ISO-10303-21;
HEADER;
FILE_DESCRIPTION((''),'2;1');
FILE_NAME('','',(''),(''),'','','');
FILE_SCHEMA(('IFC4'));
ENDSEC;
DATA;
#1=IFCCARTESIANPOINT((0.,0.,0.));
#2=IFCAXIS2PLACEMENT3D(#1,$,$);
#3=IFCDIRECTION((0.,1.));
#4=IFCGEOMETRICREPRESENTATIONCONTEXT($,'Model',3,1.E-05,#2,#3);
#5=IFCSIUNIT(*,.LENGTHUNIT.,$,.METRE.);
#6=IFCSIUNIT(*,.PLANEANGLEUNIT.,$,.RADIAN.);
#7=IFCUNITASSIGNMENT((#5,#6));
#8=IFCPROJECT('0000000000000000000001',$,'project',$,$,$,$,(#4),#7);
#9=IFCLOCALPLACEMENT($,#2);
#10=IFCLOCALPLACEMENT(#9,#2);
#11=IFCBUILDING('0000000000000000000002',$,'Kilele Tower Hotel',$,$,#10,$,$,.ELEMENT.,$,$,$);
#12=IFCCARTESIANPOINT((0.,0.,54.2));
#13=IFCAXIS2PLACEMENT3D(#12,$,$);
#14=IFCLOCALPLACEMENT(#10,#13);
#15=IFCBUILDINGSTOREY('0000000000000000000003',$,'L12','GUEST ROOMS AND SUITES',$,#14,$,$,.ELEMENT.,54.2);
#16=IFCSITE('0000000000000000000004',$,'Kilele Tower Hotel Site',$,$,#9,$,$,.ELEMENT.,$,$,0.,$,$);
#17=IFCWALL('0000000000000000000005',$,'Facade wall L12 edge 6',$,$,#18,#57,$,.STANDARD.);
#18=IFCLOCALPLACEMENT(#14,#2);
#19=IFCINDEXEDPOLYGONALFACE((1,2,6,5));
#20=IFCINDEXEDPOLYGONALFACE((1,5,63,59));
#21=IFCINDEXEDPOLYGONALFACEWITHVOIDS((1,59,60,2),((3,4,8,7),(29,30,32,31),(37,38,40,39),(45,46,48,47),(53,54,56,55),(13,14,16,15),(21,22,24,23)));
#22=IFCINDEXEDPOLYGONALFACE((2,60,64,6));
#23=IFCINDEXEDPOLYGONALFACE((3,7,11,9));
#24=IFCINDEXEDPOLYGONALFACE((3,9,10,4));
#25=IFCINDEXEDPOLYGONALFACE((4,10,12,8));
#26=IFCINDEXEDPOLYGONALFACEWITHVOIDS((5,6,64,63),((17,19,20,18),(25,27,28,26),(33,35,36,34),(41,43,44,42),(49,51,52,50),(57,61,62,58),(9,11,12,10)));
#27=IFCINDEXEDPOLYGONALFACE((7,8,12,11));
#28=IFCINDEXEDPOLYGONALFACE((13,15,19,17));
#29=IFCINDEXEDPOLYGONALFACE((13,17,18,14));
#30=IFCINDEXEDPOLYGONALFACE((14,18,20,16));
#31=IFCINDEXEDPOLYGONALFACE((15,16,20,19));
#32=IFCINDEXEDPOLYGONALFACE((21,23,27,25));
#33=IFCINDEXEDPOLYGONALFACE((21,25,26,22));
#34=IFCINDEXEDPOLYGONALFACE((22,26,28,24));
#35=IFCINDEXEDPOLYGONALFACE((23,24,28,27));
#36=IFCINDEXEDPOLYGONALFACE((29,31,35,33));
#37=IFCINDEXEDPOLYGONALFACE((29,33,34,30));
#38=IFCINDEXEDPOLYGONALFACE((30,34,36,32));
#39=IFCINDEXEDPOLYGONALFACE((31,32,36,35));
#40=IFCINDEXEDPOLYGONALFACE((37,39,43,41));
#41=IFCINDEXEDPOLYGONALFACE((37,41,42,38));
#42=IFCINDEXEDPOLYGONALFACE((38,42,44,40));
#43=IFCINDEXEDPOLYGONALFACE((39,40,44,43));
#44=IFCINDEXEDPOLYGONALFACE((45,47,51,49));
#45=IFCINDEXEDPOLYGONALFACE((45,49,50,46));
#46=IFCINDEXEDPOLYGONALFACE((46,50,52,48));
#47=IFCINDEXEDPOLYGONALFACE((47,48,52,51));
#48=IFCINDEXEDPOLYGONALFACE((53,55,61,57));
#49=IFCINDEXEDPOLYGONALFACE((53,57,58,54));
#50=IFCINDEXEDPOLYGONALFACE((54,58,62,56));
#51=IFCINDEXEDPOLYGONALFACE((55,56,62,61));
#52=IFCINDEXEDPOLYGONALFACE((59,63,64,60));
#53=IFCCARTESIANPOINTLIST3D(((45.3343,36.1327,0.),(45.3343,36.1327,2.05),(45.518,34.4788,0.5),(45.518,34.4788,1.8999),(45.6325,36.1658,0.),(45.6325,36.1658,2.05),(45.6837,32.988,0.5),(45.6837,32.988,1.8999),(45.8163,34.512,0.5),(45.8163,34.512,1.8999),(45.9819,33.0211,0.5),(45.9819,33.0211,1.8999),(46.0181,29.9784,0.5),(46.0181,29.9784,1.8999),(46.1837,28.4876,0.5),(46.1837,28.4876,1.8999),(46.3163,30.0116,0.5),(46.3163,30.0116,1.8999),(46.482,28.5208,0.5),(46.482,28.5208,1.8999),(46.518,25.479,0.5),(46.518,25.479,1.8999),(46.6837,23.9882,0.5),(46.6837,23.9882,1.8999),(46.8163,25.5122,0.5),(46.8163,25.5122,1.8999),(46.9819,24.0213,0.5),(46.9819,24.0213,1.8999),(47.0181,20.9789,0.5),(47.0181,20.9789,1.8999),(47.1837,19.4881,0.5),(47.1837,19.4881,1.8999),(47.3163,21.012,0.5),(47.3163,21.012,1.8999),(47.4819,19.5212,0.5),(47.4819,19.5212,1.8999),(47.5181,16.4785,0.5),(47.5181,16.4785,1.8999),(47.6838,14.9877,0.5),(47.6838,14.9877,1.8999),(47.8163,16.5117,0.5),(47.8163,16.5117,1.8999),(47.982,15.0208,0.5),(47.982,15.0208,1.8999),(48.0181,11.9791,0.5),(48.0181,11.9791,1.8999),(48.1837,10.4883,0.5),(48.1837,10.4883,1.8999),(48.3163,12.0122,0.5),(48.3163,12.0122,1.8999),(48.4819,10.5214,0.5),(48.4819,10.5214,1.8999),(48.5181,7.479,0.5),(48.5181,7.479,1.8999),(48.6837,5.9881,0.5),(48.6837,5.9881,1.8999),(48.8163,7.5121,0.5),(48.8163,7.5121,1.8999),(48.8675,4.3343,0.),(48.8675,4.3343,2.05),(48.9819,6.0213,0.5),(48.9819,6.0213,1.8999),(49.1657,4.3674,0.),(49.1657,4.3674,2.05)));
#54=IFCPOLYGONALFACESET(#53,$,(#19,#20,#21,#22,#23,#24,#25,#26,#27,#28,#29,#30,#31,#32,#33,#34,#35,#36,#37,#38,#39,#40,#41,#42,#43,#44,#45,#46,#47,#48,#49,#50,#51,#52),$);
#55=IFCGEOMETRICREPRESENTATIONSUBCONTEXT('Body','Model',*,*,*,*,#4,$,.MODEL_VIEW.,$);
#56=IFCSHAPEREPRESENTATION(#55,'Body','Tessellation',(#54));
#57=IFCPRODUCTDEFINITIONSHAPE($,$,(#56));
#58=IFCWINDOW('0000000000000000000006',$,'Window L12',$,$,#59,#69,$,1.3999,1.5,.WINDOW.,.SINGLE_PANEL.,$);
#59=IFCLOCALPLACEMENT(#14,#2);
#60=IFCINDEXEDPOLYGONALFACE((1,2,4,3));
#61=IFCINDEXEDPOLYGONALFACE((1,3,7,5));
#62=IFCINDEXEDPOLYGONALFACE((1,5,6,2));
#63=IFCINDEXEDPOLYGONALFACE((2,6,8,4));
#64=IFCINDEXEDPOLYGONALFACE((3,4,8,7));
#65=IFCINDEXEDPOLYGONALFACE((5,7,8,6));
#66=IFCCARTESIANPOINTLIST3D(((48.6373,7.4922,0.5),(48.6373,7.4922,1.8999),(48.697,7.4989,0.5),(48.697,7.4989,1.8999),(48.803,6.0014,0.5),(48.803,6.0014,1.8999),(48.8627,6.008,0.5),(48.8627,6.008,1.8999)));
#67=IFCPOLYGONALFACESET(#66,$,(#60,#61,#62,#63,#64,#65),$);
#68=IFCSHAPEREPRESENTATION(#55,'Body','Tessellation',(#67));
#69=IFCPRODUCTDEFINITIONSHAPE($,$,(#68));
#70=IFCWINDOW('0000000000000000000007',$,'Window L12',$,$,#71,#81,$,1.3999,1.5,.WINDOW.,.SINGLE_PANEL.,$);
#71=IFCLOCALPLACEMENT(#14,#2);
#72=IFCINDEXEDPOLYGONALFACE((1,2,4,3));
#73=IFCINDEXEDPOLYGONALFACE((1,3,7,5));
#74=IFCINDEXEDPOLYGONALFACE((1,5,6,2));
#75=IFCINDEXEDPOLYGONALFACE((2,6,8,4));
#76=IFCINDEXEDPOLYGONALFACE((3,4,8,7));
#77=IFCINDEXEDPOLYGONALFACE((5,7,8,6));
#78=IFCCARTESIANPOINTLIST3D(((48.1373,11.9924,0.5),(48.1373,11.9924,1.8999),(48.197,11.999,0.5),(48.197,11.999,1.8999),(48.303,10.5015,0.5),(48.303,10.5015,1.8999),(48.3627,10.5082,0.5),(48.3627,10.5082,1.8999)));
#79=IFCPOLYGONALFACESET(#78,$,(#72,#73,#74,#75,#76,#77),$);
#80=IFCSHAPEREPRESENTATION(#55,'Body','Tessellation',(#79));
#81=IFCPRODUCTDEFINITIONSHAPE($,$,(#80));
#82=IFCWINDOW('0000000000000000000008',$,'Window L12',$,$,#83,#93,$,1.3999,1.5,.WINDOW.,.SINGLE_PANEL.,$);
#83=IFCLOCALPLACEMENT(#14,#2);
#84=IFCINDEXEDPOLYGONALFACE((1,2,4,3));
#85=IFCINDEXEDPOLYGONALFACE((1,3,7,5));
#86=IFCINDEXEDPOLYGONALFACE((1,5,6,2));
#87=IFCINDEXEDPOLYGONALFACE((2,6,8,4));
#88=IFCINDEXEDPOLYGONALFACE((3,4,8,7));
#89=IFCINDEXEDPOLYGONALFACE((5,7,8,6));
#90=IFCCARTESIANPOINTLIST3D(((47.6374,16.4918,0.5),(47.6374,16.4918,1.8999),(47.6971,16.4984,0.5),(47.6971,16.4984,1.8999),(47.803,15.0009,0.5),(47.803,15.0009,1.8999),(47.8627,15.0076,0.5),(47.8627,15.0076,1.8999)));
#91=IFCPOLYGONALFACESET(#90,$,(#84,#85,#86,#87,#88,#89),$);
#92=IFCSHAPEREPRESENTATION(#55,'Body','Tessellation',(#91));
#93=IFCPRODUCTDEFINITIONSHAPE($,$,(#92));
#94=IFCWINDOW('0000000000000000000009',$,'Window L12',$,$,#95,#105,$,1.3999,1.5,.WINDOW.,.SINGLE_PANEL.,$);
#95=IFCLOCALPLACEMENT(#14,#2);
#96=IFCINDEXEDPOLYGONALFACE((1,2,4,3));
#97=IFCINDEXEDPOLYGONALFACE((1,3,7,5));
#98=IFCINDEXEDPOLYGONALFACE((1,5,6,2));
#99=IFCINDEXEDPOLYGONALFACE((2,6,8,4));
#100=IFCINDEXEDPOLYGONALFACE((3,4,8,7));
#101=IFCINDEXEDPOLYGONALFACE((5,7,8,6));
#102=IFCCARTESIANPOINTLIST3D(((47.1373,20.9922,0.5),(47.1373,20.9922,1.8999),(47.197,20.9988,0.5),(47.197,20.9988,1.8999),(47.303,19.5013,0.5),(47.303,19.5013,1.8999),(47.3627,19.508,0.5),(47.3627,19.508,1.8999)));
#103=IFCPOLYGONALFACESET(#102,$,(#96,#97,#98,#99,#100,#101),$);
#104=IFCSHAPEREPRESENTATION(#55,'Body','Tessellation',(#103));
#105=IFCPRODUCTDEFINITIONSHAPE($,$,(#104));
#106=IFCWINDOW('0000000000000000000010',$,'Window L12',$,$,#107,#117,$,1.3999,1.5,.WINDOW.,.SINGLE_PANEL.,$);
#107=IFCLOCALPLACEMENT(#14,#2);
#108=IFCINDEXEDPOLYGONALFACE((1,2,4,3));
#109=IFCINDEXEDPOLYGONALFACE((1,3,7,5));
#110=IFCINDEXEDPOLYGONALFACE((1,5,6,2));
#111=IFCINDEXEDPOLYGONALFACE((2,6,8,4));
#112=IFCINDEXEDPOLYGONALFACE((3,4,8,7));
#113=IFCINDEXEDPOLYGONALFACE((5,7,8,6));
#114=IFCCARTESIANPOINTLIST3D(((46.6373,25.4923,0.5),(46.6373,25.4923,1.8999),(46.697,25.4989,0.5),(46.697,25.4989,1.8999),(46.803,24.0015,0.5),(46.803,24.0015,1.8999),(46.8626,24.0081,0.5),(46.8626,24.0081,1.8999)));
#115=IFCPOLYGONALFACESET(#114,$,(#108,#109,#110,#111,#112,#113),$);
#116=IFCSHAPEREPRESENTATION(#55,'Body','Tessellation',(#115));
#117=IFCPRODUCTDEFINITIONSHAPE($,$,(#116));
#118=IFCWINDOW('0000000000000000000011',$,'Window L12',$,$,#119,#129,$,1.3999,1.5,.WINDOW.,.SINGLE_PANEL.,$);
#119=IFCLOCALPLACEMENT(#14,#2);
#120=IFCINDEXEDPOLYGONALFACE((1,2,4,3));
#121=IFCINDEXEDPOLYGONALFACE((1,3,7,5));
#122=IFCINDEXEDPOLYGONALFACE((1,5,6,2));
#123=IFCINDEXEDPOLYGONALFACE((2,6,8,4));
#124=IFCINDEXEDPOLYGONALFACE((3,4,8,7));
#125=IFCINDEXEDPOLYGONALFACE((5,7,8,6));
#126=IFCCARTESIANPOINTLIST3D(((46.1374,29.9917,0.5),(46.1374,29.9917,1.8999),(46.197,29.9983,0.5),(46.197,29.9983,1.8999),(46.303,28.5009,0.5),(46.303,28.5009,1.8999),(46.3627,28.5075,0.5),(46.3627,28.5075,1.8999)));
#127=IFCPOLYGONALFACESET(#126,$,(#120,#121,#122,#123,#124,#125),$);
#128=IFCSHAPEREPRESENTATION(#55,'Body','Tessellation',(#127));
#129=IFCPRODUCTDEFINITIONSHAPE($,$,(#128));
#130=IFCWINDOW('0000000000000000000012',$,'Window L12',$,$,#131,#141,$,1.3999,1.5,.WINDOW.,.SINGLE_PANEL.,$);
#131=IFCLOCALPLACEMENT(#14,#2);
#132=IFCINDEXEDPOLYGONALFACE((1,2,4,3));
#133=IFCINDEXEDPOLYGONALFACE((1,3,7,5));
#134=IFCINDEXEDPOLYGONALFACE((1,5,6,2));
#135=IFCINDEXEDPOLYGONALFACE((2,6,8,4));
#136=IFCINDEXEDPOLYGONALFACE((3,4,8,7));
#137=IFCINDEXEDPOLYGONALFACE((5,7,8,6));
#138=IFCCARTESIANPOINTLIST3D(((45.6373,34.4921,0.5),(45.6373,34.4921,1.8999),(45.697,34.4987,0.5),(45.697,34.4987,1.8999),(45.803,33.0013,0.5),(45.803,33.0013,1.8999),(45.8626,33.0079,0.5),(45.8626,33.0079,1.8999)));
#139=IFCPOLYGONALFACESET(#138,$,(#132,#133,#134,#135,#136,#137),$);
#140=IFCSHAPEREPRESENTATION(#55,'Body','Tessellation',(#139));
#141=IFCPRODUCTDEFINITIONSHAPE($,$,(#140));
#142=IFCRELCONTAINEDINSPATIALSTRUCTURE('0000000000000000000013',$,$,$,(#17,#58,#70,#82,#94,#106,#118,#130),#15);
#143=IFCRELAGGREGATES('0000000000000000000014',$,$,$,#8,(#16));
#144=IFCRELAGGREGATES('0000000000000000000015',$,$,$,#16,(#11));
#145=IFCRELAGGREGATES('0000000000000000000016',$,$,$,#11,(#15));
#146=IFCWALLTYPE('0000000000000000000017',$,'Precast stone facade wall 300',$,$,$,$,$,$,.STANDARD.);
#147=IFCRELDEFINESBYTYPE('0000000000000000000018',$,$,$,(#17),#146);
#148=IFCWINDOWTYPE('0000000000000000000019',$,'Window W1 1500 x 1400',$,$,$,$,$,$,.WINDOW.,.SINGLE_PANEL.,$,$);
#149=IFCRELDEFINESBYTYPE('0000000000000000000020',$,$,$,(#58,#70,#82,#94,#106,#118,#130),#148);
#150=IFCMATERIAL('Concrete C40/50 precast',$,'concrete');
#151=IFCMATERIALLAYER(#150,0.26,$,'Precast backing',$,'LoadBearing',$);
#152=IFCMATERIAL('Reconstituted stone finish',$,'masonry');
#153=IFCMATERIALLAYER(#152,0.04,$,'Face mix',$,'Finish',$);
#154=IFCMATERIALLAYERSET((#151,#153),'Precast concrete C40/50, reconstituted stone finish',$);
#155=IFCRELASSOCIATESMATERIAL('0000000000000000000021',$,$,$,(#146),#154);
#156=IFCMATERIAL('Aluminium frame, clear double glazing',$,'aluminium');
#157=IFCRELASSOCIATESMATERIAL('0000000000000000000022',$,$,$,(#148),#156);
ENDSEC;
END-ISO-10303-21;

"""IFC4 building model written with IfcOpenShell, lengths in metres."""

from ifc_helpers import new_model, si_unit, direction, frame, frame_2d, origin, place, context, subcontext, project, spatial, rectangle, extrude, material, layer, layer_set, type_object, element, fill, save


model = new_model("IFC4")

# Units and contexts
model_context = context("Model", 3, precision=1e-05, world=origin(), true_north=direction((0.0, 1.0)))
body_context = subcontext(model_context, "Body", "Model", "MODEL_VIEW")
ifc_project = project(units=[si_unit("LENGTHUNIT", "METRE"), si_unit("PLANEANGLEUNIT", "RADIAN")], contexts=[model_context])

# Site, building, storey
site_placement = place(None, origin())
site = spatial("IfcSite", under=ifc_project, at=site_placement, Name="Kilele Tower Hotel Site", CompositionType="ELEMENT", RefElevation=0.0)
building_placement = place(site_placement, origin())
building = spatial("IfcBuilding", under=site, at=building_placement, Name="Kilele Tower Hotel", CompositionType="ELEMENT")
storey_placement = place(building_placement, frame((0.0, 0.0, 54.2)))
storey = spatial("IfcBuildingStorey", under=building, at=storey_placement, Name="L12", Description="GUEST ROOMS AND SUITES", CompositionType="ELEMENT", Elevation=54.2)

# Shared definitions
ifc_material_1 = material(Name="Concrete C40/50 precast", Category="concrete")
ifc_layer_1 = layer(ifc_material_1, 0.26, Name="Precast backing", Category="LoadBearing")
ifc_material_2 = material(Name="Reconstituted stone finish", Category="masonry")
ifc_layer_2 = layer(ifc_material_2, 0.04, Name="Face mix", Category="Finish")
ifc_layer_set_1 = layer_set([ifc_layer_1, ifc_layer_2], Name="Precast concrete C40/50, reconstituted stone finish")
wall_type_1 = type_object("IfcWallType", Name="Precast stone facade wall 300", PredefinedType="STANDARD", material=ifc_layer_set_1)
ifc_material_3 = material(Name="Aluminium frame, clear double glazing", Category="aluminium")
window_type = type_object("IfcWindowType", Name="Window W1 1500 x 1400", PartitioningType="SINGLE_PANEL", PredefinedType="WINDOW", material=ifc_material_3)

# Wall, openings, windows
wall_1_placement = place(storey_placement, frame((49.0166, 4.3508, 0.0), z_axis=(0.0, 0.0, 1.0), x_axis=(-0.110433, 0.993884, 0.0)))
wall_1 = element("IfcWall", 1, at=wall_1_placement, inside=storey, type_object=wall_type_1, Name="Facade wall L12 edge 6", PredefinedType="STANDARD", context=body_context, shape_type="SweptSolid", body=[
    extrude(rectangle(XDim=31.9941, YDim=0.3, at=frame_2d((15.9971, 0.0))), origin(), (0.0, 0.0, 1.0), 2.05),
])
opening_1_placement = place(wall_1_placement, frame((1.6641, 0.0, 0.5)))
opening_1 = element("IfcOpeningElement", 2, at=opening_1_placement, cuts=wall_1, PredefinedType="OPENING", context=body_context, shape_type="SweptSolid", body=[
    extrude(rectangle(XDim=1.5, YDim=1.3999, at=frame_2d((0.75, 0.7))), frame((0.0, 0.1599, 0.0), z_axis=(0.0, -1.0, 0.0), x_axis=(1.0, 0.0, 0.0)), (0.0, 0.0, 1.0), 0.3201),
])
opening_2_placement = place(wall_1_placement, frame((6.1919, 0.0, 0.5)))
opening_2 = element("IfcOpeningElement", 3, at=opening_2_placement, cuts=wall_1, PredefinedType="OPENING", context=body_context, shape_type="SweptSolid", body=[
    extrude(rectangle(XDim=1.5, YDim=1.3999, at=frame_2d((0.75, 0.7))), frame((0.0, 0.1599, 0.0), z_axis=(0.0, -1.0, 0.0), x_axis=(1.0, 0.0, 0.0)), (0.0, 0.0, 1.0), 0.3201),
])
opening_3_placement = place(wall_1_placement, frame((10.719, 0.0, 0.5)))
opening_3 = element("IfcOpeningElement", 4, at=opening_3_placement, cuts=wall_1, PredefinedType="OPENING", context=body_context, shape_type="SweptSolid", body=[
    extrude(rectangle(XDim=1.5, YDim=1.3999, at=frame_2d((0.75, 0.7))), frame((0.0, 0.1599, 0.0), z_axis=(0.0, -1.0, 0.0), x_axis=(1.0, 0.0, 0.0)), (0.0, 0.0, 1.0), 0.3201),
])
opening_4_placement = place(wall_1_placement, frame((15.2471, 0.0, 0.5)))
opening_4 = element("IfcOpeningElement", 5, at=opening_4_placement, cuts=wall_1, PredefinedType="OPENING", context=body_context, shape_type="SweptSolid", body=[
    extrude(rectangle(XDim=1.5, YDim=1.3999, at=frame_2d((0.75, 0.7))), frame((0.0, 0.1599, 0.0), z_axis=(0.0, -1.0, 0.0), x_axis=(1.0, 0.0, 0.0)), (0.0, 0.0, 1.0), 0.3201),
])
opening_5_placement = place(wall_1_placement, frame((19.7749, 0.0, 0.5)))
opening_5 = element("IfcOpeningElement", 6, at=opening_5_placement, cuts=wall_1, PredefinedType="OPENING", context=body_context, shape_type="SweptSolid", body=[
    extrude(rectangle(XDim=1.5, YDim=1.3999, at=frame_2d((0.75, 0.7))), frame((0.0, 0.1599, 0.0), z_axis=(0.0, -1.0, 0.0), x_axis=(1.0, 0.0, 0.0)), (0.0, 0.0, 1.0), 0.3201),
])
opening_6_placement = place(wall_1_placement, frame((24.302, 0.0, 0.5)))
opening_6 = element("IfcOpeningElement", 7, at=opening_6_placement, cuts=wall_1, PredefinedType="OPENING", context=body_context, shape_type="SweptSolid", body=[
    extrude(rectangle(XDim=1.5, YDim=1.3999, at=frame_2d((0.75, 0.7))), frame((0.0, 0.1599, 0.0), z_axis=(0.0, -1.0, 0.0), x_axis=(1.0, 0.0, 0.0)), (0.0, 0.0, 1.0), 0.3201),
])
opening_7_placement = place(wall_1_placement, frame((28.8301, 0.0, 0.5)))
opening_7 = element("IfcOpeningElement", 8, at=opening_7_placement, cuts=wall_1, PredefinedType="OPENING", context=body_context, shape_type="SweptSolid", body=[
    extrude(rectangle(XDim=1.5, YDim=1.3999, at=frame_2d((0.75, 0.7))), frame((0.0, 0.1599, 0.0), z_axis=(0.0, -1.0, 0.0), x_axis=(1.0, 0.0, 0.0)), (0.0, 0.0, 1.0), 0.3201),
])
window_1_placement = place(opening_1_placement, origin())
window_1 = element("IfcWindow", 9, at=window_1_placement, inside=storey, type_object=window_type, Name="Window L12", OverallHeight=1.3999, OverallWidth=1.5, PartitioningType="SINGLE_PANEL", PredefinedType="WINDOW", context=body_context, shape_type="SweptSolid", body=[
    extrude(rectangle(XDim=1.5, YDim=1.3999, at=frame_2d((0.75, 0.7))), frame((0.0, 0.03, 0.0), z_axis=(0.0, -1.0, 0.0), x_axis=(1.0, 0.0, 0.0)), (0.0, 0.0, 1.0), 0.0601),
])
fill(opening_1, window_1)
window_2_placement = place(opening_2_placement, origin())
window_2 = element("IfcWindow", 10, at=window_2_placement, inside=storey, type_object=window_type, Name="Window L12", OverallHeight=1.3999, OverallWidth=1.5, PartitioningType="SINGLE_PANEL", PredefinedType="WINDOW", context=body_context, shape_type="SweptSolid", body=[
    extrude(rectangle(XDim=1.5, YDim=1.3999, at=frame_2d((0.75, 0.7))), frame((0.0, 0.03, 0.0), z_axis=(0.0, -1.0, 0.0), x_axis=(1.0, 0.0, 0.0)), (0.0, 0.0, 1.0), 0.0601),
])
fill(opening_2, window_2)
window_3_placement = place(opening_3_placement, origin())
window_3 = element("IfcWindow", 11, at=window_3_placement, inside=storey, type_object=window_type, Name="Window L12", OverallHeight=1.3999, OverallWidth=1.5, PartitioningType="SINGLE_PANEL", PredefinedType="WINDOW", context=body_context, shape_type="SweptSolid", body=[
    extrude(rectangle(XDim=1.5, YDim=1.3999, at=frame_2d((0.75, 0.7))), frame((0.0, 0.03, 0.0), z_axis=(0.0, -1.0, 0.0), x_axis=(1.0, 0.0, 0.0)), (0.0, 0.0, 1.0), 0.0601),
])
fill(opening_3, window_3)
window_4_placement = place(opening_4_placement, origin())
window_4 = element("IfcWindow", 12, at=window_4_placement, inside=storey, type_object=window_type, Name="Window L12", OverallHeight=1.3999, OverallWidth=1.5, PartitioningType="SINGLE_PANEL", PredefinedType="WINDOW", context=body_context, shape_type="SweptSolid", body=[
    extrude(rectangle(XDim=1.5, YDim=1.3999, at=frame_2d((0.75, 0.7))), frame((0.0, 0.03, 0.0), z_axis=(0.0, -1.0, 0.0), x_axis=(1.0, 0.0, 0.0)), (0.0, 0.0, 1.0), 0.0601),
])
fill(opening_4, window_4)
window_5_placement = place(opening_5_placement, origin())
window_5 = element("IfcWindow", 13, at=window_5_placement, inside=storey, type_object=window_type, Name="Window L12", OverallHeight=1.3999, OverallWidth=1.5, PartitioningType="SINGLE_PANEL", PredefinedType="WINDOW", context=body_context, shape_type="SweptSolid", body=[
    extrude(rectangle(XDim=1.5, YDim=1.3999, at=frame_2d((0.75, 0.7))), frame((0.0, 0.03, 0.0), z_axis=(0.0, -1.0, 0.0), x_axis=(1.0, 0.0, 0.0)), (0.0, 0.0, 1.0), 0.0601),
])
fill(opening_5, window_5)
window_6_placement = place(opening_6_placement, origin())
window_6 = element("IfcWindow", 14, at=window_6_placement, inside=storey, type_object=window_type, Name="Window L12", OverallHeight=1.3999, OverallWidth=1.5, PartitioningType="SINGLE_PANEL", PredefinedType="WINDOW", context=body_context, shape_type="SweptSolid", body=[
    extrude(rectangle(XDim=1.5, YDim=1.3999, at=frame_2d((0.75, 0.7))), frame((0.0, 0.03, 0.0), z_axis=(0.0, -1.0, 0.0), x_axis=(1.0, 0.0, 0.0)), (0.0, 0.0, 1.0), 0.0601),
])
fill(opening_6, window_6)
window_7_placement = place(opening_7_placement, origin())
window_7 = element("IfcWindow", 15, at=window_7_placement, inside=storey, type_object=window_type, Name="Window L12", OverallHeight=1.3999, OverallWidth=1.5, PartitioningType="SINGLE_PANEL", PredefinedType="WINDOW", context=body_context, shape_type="SweptSolid", body=[
    extrude(rectangle(XDim=1.5, YDim=1.3999, at=frame_2d((0.75, 0.7))), frame((0.0, 0.03, 0.0), z_axis=(0.0, -1.0, 0.0), x_axis=(1.0, 0.0, 0.0)), (0.0, 0.0, 1.0), 0.0601),
])
fill(opening_7, window_7)

save(model, "model.ifc")
